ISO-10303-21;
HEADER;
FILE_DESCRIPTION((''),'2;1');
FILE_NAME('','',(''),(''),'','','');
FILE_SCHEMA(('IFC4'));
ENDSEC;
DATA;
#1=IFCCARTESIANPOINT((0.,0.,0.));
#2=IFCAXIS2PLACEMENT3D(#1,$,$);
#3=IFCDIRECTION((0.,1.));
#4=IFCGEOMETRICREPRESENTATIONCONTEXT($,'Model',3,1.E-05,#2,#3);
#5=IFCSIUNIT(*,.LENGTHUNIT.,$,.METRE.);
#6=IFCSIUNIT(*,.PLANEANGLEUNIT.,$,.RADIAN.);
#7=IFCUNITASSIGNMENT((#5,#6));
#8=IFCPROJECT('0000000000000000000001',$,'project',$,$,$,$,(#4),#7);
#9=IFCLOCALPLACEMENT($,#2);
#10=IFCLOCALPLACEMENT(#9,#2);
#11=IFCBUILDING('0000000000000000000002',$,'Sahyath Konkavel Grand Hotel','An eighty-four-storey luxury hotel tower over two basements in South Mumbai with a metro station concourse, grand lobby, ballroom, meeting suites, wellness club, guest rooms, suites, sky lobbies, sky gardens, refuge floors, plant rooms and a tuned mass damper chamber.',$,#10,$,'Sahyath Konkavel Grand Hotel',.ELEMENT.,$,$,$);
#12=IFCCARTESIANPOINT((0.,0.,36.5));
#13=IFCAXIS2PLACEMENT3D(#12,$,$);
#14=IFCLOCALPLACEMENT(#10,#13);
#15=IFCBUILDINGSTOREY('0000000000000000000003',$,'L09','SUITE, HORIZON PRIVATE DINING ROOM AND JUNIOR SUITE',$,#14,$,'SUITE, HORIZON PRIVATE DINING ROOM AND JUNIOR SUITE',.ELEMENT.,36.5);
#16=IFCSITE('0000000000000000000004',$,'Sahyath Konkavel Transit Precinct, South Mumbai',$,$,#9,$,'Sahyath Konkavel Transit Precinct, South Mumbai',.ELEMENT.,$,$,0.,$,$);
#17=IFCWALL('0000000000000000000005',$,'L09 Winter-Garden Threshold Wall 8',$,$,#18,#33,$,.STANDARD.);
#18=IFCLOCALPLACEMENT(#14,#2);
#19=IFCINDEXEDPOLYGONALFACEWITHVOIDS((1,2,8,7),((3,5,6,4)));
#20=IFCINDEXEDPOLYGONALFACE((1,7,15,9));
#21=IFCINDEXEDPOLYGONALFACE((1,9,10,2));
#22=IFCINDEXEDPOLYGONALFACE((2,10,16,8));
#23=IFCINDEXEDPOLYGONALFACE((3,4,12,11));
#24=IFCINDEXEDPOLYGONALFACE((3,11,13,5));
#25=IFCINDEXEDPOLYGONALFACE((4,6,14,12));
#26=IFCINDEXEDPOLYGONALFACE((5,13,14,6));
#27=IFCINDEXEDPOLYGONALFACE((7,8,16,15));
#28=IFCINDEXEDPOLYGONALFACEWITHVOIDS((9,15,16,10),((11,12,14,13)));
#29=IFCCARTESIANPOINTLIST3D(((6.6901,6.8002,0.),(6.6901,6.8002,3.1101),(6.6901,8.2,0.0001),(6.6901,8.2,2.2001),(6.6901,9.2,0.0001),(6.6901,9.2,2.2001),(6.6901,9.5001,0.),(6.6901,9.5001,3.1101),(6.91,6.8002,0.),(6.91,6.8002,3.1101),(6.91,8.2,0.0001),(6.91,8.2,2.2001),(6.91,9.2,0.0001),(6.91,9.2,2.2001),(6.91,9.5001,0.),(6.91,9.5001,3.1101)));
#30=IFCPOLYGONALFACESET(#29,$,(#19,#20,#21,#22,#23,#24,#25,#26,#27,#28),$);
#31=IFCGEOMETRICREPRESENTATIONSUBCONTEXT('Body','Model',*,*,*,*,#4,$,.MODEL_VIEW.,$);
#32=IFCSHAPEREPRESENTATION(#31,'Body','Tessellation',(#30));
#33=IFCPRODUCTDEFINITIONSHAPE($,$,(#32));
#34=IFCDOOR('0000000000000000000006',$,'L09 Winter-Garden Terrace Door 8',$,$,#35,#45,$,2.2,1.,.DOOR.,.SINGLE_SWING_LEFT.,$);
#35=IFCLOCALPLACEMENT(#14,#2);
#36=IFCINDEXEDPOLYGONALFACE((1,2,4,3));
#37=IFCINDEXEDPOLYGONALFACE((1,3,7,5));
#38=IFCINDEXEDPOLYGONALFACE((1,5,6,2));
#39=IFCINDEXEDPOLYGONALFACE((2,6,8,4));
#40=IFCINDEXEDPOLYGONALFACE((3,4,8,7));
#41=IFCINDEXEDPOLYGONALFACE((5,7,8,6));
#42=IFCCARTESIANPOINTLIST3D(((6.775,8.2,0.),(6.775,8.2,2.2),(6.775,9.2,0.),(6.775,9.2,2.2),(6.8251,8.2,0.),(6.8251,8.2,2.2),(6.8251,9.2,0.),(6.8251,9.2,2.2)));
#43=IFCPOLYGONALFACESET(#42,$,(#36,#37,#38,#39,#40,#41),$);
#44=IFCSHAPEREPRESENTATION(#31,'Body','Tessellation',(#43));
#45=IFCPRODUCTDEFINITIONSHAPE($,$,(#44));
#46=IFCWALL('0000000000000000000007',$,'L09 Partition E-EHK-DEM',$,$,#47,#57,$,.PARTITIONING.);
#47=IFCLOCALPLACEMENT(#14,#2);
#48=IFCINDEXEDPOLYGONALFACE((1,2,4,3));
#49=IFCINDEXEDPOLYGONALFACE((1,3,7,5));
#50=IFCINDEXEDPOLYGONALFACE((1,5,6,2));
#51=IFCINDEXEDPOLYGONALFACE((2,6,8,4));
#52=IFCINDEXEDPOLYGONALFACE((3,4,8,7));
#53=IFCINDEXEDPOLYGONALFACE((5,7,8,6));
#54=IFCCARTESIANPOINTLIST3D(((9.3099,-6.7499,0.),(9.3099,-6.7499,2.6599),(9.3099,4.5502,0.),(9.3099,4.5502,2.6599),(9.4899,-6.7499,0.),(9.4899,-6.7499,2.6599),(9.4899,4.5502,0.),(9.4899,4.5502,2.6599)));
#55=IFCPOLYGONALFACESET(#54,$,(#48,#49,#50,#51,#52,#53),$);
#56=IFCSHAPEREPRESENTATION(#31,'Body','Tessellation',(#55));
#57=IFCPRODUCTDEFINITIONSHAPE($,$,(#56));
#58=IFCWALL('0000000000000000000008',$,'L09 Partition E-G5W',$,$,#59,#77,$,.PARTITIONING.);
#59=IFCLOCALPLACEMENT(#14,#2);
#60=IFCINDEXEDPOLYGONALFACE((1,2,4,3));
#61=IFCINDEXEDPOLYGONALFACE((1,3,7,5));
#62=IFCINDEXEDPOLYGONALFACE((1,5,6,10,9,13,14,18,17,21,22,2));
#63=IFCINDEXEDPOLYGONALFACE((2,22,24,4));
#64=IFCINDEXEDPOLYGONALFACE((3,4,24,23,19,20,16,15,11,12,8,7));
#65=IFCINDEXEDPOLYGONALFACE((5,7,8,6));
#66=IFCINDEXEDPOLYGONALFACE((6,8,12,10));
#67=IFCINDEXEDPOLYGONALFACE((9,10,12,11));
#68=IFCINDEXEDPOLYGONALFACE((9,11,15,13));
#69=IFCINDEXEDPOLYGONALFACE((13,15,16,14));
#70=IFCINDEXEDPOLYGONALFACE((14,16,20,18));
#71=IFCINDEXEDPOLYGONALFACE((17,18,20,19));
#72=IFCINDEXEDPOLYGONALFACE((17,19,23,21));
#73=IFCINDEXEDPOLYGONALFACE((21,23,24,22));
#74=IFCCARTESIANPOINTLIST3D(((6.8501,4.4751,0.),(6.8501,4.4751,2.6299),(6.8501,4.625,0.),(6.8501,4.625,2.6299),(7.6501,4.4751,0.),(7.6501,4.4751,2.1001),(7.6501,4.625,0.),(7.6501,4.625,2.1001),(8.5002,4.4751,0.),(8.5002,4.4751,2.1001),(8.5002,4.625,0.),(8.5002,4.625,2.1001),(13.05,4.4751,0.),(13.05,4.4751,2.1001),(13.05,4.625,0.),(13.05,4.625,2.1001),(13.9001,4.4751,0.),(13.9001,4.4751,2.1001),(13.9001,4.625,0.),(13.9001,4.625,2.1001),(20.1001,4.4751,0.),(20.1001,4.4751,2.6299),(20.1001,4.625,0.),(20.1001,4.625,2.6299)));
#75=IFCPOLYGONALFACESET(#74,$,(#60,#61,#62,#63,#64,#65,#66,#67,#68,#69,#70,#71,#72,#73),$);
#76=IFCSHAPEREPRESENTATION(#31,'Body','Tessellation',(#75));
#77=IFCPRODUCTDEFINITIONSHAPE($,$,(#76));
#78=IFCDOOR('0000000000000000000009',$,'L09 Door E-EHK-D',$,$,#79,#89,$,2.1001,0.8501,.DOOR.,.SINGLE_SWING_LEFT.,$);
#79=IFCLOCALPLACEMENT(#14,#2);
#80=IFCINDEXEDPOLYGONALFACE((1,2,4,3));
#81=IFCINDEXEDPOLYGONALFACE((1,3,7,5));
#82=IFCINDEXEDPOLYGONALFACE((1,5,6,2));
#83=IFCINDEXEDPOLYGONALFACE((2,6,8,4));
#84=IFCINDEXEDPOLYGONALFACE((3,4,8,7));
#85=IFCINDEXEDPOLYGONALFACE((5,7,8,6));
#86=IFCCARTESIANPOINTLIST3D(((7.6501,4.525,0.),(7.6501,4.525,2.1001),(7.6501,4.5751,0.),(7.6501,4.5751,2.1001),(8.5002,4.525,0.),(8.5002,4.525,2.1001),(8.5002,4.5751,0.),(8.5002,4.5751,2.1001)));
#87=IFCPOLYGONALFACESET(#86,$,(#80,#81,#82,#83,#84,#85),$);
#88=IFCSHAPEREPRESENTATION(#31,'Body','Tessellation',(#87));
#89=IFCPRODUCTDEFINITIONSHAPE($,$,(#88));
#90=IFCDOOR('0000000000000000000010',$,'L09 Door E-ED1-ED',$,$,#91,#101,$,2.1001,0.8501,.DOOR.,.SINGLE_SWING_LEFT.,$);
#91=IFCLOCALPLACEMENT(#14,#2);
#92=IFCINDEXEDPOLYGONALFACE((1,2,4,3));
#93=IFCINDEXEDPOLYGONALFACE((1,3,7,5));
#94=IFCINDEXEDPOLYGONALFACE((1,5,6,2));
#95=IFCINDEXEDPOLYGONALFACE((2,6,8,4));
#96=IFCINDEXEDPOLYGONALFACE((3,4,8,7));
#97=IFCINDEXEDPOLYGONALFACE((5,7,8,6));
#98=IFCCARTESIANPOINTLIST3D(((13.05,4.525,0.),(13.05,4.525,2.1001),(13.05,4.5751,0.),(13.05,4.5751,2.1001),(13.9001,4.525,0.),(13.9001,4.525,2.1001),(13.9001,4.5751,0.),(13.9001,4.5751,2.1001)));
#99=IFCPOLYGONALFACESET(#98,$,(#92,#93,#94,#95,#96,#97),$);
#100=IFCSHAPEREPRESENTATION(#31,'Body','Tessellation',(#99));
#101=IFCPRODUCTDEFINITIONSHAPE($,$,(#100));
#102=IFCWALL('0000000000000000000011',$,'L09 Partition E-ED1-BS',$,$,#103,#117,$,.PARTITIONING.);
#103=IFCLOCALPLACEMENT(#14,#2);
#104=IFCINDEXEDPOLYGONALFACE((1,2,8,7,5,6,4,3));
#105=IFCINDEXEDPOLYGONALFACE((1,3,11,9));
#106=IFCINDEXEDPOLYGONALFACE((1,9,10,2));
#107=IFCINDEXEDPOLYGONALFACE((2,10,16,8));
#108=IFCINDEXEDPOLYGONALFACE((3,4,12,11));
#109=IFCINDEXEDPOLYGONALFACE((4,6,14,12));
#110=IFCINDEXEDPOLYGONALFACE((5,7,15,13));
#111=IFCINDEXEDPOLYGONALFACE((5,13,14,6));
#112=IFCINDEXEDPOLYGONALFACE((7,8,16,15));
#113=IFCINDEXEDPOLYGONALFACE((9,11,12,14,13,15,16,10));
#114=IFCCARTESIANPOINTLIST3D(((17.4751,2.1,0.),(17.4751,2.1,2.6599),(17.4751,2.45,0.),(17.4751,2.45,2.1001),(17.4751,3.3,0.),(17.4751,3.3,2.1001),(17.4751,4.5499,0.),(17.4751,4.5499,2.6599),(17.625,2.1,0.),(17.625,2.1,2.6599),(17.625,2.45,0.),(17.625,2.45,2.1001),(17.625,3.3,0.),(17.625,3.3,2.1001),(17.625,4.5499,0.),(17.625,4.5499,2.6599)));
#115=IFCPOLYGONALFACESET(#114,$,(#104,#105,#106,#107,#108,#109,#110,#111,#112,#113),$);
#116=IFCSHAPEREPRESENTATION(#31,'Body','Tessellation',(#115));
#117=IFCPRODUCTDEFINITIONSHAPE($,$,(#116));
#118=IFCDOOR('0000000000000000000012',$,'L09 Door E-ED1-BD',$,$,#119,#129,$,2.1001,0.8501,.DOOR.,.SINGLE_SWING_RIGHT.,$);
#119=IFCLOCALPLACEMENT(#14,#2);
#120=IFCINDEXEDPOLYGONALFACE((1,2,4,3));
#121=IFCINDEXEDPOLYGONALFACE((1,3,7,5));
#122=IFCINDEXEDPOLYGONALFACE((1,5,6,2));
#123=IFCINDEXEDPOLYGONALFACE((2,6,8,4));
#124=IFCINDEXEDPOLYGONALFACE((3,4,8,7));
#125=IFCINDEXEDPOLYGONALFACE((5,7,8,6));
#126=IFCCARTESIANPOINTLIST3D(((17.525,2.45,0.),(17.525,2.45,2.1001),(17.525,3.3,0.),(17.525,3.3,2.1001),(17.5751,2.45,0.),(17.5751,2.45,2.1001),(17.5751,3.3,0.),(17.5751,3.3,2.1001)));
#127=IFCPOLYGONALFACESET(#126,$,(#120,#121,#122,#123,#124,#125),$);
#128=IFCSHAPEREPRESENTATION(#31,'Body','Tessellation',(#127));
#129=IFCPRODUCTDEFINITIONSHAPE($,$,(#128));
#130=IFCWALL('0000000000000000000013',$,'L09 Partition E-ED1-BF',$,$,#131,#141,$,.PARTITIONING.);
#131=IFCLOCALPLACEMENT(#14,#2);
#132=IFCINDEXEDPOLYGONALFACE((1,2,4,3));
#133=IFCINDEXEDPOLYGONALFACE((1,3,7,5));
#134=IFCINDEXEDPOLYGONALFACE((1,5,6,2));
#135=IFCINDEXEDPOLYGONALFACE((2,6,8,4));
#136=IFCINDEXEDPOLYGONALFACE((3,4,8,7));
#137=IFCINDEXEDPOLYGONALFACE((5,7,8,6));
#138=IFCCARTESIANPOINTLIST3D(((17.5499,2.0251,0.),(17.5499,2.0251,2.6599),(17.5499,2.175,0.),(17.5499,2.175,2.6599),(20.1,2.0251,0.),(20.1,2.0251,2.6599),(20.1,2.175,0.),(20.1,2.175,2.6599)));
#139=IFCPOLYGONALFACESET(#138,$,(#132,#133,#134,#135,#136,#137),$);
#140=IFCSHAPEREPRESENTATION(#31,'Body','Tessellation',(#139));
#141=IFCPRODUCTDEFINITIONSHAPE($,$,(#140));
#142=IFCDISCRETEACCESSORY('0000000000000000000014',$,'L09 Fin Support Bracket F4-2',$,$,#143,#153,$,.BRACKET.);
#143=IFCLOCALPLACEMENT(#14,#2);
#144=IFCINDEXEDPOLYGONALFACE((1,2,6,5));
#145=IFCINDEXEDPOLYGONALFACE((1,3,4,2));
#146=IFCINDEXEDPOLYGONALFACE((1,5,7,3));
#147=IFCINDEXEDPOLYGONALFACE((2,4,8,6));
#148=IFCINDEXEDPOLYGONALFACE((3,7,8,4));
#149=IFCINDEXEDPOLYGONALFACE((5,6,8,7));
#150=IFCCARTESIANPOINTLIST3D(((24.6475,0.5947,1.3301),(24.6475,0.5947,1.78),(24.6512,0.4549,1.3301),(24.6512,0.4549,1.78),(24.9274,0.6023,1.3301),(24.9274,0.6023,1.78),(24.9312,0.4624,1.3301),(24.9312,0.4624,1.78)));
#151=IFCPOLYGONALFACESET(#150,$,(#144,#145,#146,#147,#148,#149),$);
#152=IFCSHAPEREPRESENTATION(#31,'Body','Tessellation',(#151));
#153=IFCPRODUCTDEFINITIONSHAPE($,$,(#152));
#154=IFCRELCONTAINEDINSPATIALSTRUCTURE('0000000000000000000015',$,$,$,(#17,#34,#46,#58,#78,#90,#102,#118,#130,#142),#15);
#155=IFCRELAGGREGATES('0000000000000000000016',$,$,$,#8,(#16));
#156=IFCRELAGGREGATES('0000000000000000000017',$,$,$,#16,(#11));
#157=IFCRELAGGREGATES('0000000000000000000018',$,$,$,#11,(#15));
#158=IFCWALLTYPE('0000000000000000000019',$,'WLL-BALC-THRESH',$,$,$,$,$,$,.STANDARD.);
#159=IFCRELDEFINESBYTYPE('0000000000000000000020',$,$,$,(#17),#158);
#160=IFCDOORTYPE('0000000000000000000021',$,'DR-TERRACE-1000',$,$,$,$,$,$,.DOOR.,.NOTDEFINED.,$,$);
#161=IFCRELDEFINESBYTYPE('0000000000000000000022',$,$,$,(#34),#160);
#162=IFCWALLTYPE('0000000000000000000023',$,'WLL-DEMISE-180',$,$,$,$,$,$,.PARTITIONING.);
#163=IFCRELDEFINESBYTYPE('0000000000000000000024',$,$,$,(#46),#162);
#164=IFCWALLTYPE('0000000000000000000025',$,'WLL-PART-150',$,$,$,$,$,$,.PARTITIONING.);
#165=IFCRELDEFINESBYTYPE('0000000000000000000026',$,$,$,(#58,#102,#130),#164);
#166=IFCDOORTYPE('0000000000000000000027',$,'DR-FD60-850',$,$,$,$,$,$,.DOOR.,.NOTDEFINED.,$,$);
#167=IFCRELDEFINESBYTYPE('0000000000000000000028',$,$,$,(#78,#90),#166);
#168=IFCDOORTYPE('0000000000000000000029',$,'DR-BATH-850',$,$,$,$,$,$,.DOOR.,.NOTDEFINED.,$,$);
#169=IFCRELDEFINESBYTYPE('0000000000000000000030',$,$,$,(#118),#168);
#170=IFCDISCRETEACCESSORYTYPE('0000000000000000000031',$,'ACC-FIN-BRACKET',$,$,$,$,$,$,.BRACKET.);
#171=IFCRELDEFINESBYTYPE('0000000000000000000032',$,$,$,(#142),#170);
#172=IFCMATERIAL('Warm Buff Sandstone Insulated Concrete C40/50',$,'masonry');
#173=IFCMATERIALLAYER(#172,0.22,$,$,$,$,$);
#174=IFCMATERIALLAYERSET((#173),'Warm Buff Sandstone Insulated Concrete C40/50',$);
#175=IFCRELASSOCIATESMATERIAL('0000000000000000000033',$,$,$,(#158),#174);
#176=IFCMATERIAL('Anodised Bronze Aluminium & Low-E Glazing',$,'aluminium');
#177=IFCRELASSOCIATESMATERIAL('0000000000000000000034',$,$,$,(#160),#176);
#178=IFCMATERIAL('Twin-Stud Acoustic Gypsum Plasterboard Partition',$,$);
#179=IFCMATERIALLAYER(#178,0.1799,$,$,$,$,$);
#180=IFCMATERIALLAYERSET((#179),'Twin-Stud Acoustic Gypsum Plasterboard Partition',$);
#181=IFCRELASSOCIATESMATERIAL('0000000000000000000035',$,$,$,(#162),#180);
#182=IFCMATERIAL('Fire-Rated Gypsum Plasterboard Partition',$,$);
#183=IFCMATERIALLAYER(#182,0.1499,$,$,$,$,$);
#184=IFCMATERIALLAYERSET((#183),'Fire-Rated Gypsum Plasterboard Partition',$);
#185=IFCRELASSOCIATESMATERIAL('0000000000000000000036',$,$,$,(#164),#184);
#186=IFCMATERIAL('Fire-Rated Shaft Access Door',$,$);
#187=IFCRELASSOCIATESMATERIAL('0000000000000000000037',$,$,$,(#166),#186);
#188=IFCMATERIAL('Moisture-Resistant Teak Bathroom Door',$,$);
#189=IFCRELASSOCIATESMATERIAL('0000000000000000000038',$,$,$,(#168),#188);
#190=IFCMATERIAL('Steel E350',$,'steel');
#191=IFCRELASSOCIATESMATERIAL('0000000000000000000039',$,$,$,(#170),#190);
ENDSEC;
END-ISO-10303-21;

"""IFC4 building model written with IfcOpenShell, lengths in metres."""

from ifc_helpers import new_model, si_unit, direction, frame, frame_2d, origin, origin_2d, place, context, subcontext, project, spatial, rectangle, extrude, source, transform, mapped, material, layer, layer_set, type_object, element, fill, save


model = new_model("IFC4")

# Units and contexts
model_context = context("Model", 3, precision=1e-05, world=origin(), true_north=direction((0.0, 1.0)))
body_context = subcontext(model_context, "Body", "Model", "MODEL_VIEW")
ifc_project = project(units=[si_unit("LENGTHUNIT", "METRE"), si_unit("PLANEANGLEUNIT", "RADIAN")], contexts=[model_context])

# Site, building, storey
site_placement = place(None, origin())
site = spatial("IfcSite", under=ifc_project, at=site_placement, Name="Sahyath Konkavel Transit Precinct, South Mumbai", LongName="Sahyath Konkavel Transit Precinct, South Mumbai", CompositionType="ELEMENT", RefElevation=0.0)
building_placement = place(site_placement, origin())
building = spatial("IfcBuilding", under=site, at=building_placement, Name="Sahyath Konkavel Grand Hotel", Description="An eighty-four-storey luxury hotel tower over two basements in South Mumbai with a metro station concourse, grand lobby, ballroom, meeting suites, wellness club, guest rooms, suites, sky lobbies, sky gardens, refuge floors, plant rooms and a tuned mass damper chamber.", LongName="Sahyath Konkavel Grand Hotel", CompositionType="ELEMENT")
storey_placement = place(building_placement, frame((0.0, 0.0, 36.5)))
storey = spatial("IfcBuildingStorey", under=building, at=storey_placement, Name="L09", Description="SUITE, HORIZON PRIVATE DINING ROOM AND JUNIOR SUITE", LongName="SUITE, HORIZON PRIVATE DINING ROOM AND JUNIOR SUITE", CompositionType="ELEMENT", Elevation=36.5)

# Shared definitions
ifc_material_1 = material(Name="Steel E350", Category="steel")

# Shared definitions
ifc_material_2 = material(Name="Anodised Bronze Aluminium & Low-E Glazing", Category="aluminium")

# Shared definitions
ifc_material_3 = material(Name="Warm Buff Sandstone Insulated Concrete C40/50", Category="masonry")
ifc_layer_1 = layer(ifc_material_3, 0.22)
ifc_layer_set_1 = layer_set([ifc_layer_1], Name="Warm Buff Sandstone Insulated Concrete C40/50")
wall_type_1 = type_object("IfcWallType", Name="WLL-BALC-THRESH", PredefinedType="STANDARD", material=ifc_layer_set_1)

# Wall, opening, door
wall_1_placement = place(storey_placement, frame((6.8, 6.8, 0.0), z_axis=(0.0, 0.0, 1.0), x_axis=(0.0, 1.0, 0.0)))
wall_1 = element("IfcWall", 1, at=wall_1_placement, inside=storey, type_object=wall_type_1, Name="L09 Winter-Garden Threshold Wall 8", PredefinedType="STANDARD", context=body_context, shape_type="SweptSolid", body=[
    extrude(rectangle(XDim=2.7, YDim=0.22, at=frame_2d((1.3501, 0.0))), origin(), (0.0, 0.0, 1.0), 3.1101),
])
opening_1_placement = place(wall_1_placement, frame((1.3999, 0.0, 0.0)))
opening_1 = element("IfcOpeningElement", 2, at=opening_1_placement, cuts=wall_1, PredefinedType="OPENING", context=body_context, shape_type="SweptSolid", body=[
    extrude(rectangle(XDim=1.0, YDim=2.2, at=frame_2d((0.5, 1.1001))), frame((0.0, 0.1201, 0.0), z_axis=(0.0, -1.0, 0.0), x_axis=(1.0, 0.0, 0.0)), (0.0, 0.0, 1.0), 0.24),
])
door_type_1 = type_object("IfcDoorType", Name="DR-TERRACE-1000", OperationType="NOTDEFINED", PredefinedType="DOOR", material=ifc_material_2)
shared_shape_1 = source(origin(), body_context, "Body", "SweptSolid", [
    extrude(rectangle(XDim=1.0, YDim=0.05, at=origin_2d()), origin(), (0.0, 0.0, 1.0), 2.2),
])
door_1_placement = place(opening_1_placement, frame((0.5, 0.0, 0.0)))
door_1 = element("IfcDoor", 3, at=door_1_placement, inside=storey, type_object=door_type_1, Name="L09 Winter-Garden Terrace Door 8", OperationType="SINGLE_SWING_LEFT", OverallHeight=2.2, OverallWidth=1.0, PredefinedType="DOOR", context=body_context, shape_type="MappedRepresentation", body=[
    mapped(shared_shape_1, transform((0.0, 0.0, 0.0), scale=1.0)),
])
fill(opening_1, door_1)

# Wall
ifc_material_4 = material(Name="Twin-Stud Acoustic Gypsum Plasterboard Partition")
ifc_layer_2 = layer(ifc_material_4, 0.1799)
ifc_layer_set_2 = layer_set([ifc_layer_2], Name="Twin-Stud Acoustic Gypsum Plasterboard Partition")
wall_type_2 = type_object("IfcWallType", Name="WLL-DEMISE-180", PredefinedType="PARTITIONING", material=ifc_layer_set_2)
wall_2_placement = place(storey_placement, frame((9.3999, 4.55, 0.0), z_axis=(0.0, 0.0, 1.0), x_axis=(0.0, -1.0, 0.0)))
element("IfcWall", 4, at=wall_2_placement, inside=storey, type_object=wall_type_2, Name="L09 Partition E-EHK-DEM", PredefinedType="PARTITIONING", context=body_context, shape_type="SweptSolid", body=[
    extrude(rectangle(XDim=11.3, YDim=0.1799, at=frame_2d((5.6499, 0.0))), origin(), (0.0, 0.0, 1.0), 2.6599),
])

# Wall, openings, doors
ifc_material_5 = material(Name="Fire-Rated Gypsum Plasterboard Partition")
ifc_layer_3 = layer(ifc_material_5, 0.1499)
ifc_layer_set_3 = layer_set([ifc_layer_3], Name="Fire-Rated Gypsum Plasterboard Partition")
wall_type_3 = type_object("IfcWallType", Name="WLL-PART-150", PredefinedType="PARTITIONING", material=ifc_layer_set_3)
wall_3_placement = place(storey_placement, frame((6.8501, 4.55, 0.0), z_axis=(0.0, 0.0, 1.0), x_axis=(1.0, 0.0, 0.0)))
wall_3 = element("IfcWall", 5, at=wall_3_placement, inside=storey, type_object=wall_type_3, Name="L09 Partition E-G5W", PredefinedType="PARTITIONING", context=body_context, shape_type="SweptSolid", body=[
    extrude(rectangle(XDim=13.25, YDim=0.1499, at=frame_2d((6.625, 0.0))), origin(), (0.0, 0.0, 1.0), 2.6299),
])
opening_2_placement = place(wall_3_placement, frame((0.8, 0.0, 0.0)))
opening_2 = element("IfcOpeningElement", 6, at=opening_2_placement, cuts=wall_3, PredefinedType="OPENING", context=body_context, shape_type="SweptSolid", body=[
    extrude(rectangle(XDim=0.8501, YDim=2.1001, at=frame_2d((0.425, 1.05))), frame((0.0, 0.085, 0.0), z_axis=(0.0, -1.0, 0.0), x_axis=(1.0, 0.0, 0.0)), (0.0, 0.0, 1.0), 0.1699),
])
opening_3_placement = place(wall_3_placement, frame((6.2, 0.0, 0.0)))
opening_3 = element("IfcOpeningElement", 7, at=opening_3_placement, cuts=wall_3, PredefinedType="OPENING", context=body_context, shape_type="SweptSolid", body=[
    extrude(rectangle(XDim=0.8501, YDim=2.1001, at=frame_2d((0.425, 1.05))), frame((0.0, 0.085, 0.0), z_axis=(0.0, -1.0, 0.0), x_axis=(1.0, 0.0, 0.0)), (0.0, 0.0, 1.0), 0.1699),
])
ifc_material_6 = material(Name="Fire-Rated Shaft Access Door")
door_type_2 = type_object("IfcDoorType", Name="DR-FD60-850", OperationType="NOTDEFINED", PredefinedType="DOOR", material=ifc_material_6)
shared_shape_2 = source(origin(), body_context, "Body", "SweptSolid", [
    extrude(rectangle(XDim=0.8501, YDim=0.05, at=origin_2d()), origin(), (0.0, 0.0, 1.0), 2.1001),
])
door_2_placement = place(opening_2_placement, frame((0.425, 0.0, 0.0)))
door_2 = element("IfcDoor", 8, at=door_2_placement, inside=storey, type_object=door_type_2, Name="L09 Door E-EHK-D", OperationType="SINGLE_SWING_LEFT", OverallHeight=2.1001, OverallWidth=0.8501, PredefinedType="DOOR", context=body_context, shape_type="MappedRepresentation", body=[
    mapped(shared_shape_2, transform((0.0, 0.0, 0.0), scale=1.0)),
])
fill(opening_2, door_2)
door_3_placement = place(opening_3_placement, frame((0.425, 0.0, 0.0)))
door_3 = element("IfcDoor", 9, at=door_3_placement, inside=storey, type_object=door_type_2, Name="L09 Door E-ED1-ED", OperationType="SINGLE_SWING_LEFT", OverallHeight=2.1001, OverallWidth=0.8501, PredefinedType="DOOR", context=body_context, shape_type="MappedRepresentation", body=[
    mapped(shared_shape_2, transform((0.0, 0.0, 0.0), scale=1.0)),
])
fill(opening_3, door_3)

# Wall, opening, door
wall_4_placement = place(storey_placement, frame((17.55, 4.55, 0.0), z_axis=(0.0, 0.0, 1.0), x_axis=(0.0, -1.0, 0.0)))
wall_4 = element("IfcWall", 10, at=wall_4_placement, inside=storey, type_object=wall_type_3, Name="L09 Partition E-ED1-BS", PredefinedType="PARTITIONING", context=body_context, shape_type="SweptSolid", body=[
    extrude(rectangle(XDim=2.45, YDim=0.1499, at=frame_2d((1.2251, 0.0))), origin(), (0.0, 0.0, 1.0), 2.6599),
])
opening_4_placement = place(wall_4_placement, frame((1.25, 0.0, 0.0)))
opening_4 = element("IfcOpeningElement", 11, at=opening_4_placement, cuts=wall_4, PredefinedType="OPENING", context=body_context, shape_type="SweptSolid", body=[
    extrude(rectangle(XDim=0.8501, YDim=2.1001, at=frame_2d((0.425, 1.05))), frame((0.0, 0.085, 0.0), z_axis=(0.0, -1.0, 0.0), x_axis=(1.0, 0.0, 0.0)), (0.0, 0.0, 1.0), 0.1699),
])
ifc_material_7 = material(Name="Moisture-Resistant Teak Bathroom Door")
door_type_3 = type_object("IfcDoorType", Name="DR-BATH-850", OperationType="NOTDEFINED", PredefinedType="DOOR", material=ifc_material_7)
door_4_placement = place(opening_4_placement, frame((0.425, 0.0, 0.0)))
door_4 = element("IfcDoor", 12, at=door_4_placement, inside=storey, type_object=door_type_3, Name="L09 Door E-ED1-BD", OperationType="SINGLE_SWING_RIGHT", OverallHeight=2.1001, OverallWidth=0.8501, PredefinedType="DOOR", context=body_context, shape_type="MappedRepresentation", body=[
    mapped(shared_shape_2, transform((0.0, 0.0, 0.0), scale=1.0)),
])
fill(opening_4, door_4)

# Wall
wall_5_placement = place(storey_placement, frame((17.55, 2.1001, 0.0), z_axis=(0.0, 0.0, 1.0), x_axis=(1.0, 0.0, 0.0)))
element("IfcWall", 13, at=wall_5_placement, inside=storey, type_object=wall_type_3, Name="L09 Partition E-ED1-BF", PredefinedType="PARTITIONING", context=body_context, shape_type="SweptSolid", body=[
    extrude(rectangle(XDim=2.55, YDim=0.1499, at=frame_2d((1.2749, 0.0))), origin(), (0.0, 0.0, 1.0), 2.6599),
])

# Discrete accessory
discrete_accessory_type = type_object("IfcDiscreteAccessoryType", Name="ACC-FIN-BRACKET", PredefinedType="BRACKET", material=ifc_material_1)
shared_shape_3 = source(origin(), body_context, "Body", "SweptSolid", [
    extrude(rectangle(XDim=0.28, YDim=0.1399, at=origin_2d()), origin(), (0.0, 0.0, 1.0), 0.45),
])
discrete_accessory_placement = place(storey_placement, frame((24.7893, 0.5286, 1.3301), z_axis=(0.0, 0.0, 1.0), x_axis=(0.999638, 0.02691, 0.0)))
element("IfcDiscreteAccessory", 14, at=discrete_accessory_placement, inside=storey, type_object=discrete_accessory_type, Name="L09 Fin Support Bracket F4-2", PredefinedType="BRACKET", context=body_context, shape_type="MappedRepresentation", body=[
    mapped(shared_shape_3, transform((0.0, 0.0, 0.0), scale=1.0)),
])

save(model, "model.ifc")
